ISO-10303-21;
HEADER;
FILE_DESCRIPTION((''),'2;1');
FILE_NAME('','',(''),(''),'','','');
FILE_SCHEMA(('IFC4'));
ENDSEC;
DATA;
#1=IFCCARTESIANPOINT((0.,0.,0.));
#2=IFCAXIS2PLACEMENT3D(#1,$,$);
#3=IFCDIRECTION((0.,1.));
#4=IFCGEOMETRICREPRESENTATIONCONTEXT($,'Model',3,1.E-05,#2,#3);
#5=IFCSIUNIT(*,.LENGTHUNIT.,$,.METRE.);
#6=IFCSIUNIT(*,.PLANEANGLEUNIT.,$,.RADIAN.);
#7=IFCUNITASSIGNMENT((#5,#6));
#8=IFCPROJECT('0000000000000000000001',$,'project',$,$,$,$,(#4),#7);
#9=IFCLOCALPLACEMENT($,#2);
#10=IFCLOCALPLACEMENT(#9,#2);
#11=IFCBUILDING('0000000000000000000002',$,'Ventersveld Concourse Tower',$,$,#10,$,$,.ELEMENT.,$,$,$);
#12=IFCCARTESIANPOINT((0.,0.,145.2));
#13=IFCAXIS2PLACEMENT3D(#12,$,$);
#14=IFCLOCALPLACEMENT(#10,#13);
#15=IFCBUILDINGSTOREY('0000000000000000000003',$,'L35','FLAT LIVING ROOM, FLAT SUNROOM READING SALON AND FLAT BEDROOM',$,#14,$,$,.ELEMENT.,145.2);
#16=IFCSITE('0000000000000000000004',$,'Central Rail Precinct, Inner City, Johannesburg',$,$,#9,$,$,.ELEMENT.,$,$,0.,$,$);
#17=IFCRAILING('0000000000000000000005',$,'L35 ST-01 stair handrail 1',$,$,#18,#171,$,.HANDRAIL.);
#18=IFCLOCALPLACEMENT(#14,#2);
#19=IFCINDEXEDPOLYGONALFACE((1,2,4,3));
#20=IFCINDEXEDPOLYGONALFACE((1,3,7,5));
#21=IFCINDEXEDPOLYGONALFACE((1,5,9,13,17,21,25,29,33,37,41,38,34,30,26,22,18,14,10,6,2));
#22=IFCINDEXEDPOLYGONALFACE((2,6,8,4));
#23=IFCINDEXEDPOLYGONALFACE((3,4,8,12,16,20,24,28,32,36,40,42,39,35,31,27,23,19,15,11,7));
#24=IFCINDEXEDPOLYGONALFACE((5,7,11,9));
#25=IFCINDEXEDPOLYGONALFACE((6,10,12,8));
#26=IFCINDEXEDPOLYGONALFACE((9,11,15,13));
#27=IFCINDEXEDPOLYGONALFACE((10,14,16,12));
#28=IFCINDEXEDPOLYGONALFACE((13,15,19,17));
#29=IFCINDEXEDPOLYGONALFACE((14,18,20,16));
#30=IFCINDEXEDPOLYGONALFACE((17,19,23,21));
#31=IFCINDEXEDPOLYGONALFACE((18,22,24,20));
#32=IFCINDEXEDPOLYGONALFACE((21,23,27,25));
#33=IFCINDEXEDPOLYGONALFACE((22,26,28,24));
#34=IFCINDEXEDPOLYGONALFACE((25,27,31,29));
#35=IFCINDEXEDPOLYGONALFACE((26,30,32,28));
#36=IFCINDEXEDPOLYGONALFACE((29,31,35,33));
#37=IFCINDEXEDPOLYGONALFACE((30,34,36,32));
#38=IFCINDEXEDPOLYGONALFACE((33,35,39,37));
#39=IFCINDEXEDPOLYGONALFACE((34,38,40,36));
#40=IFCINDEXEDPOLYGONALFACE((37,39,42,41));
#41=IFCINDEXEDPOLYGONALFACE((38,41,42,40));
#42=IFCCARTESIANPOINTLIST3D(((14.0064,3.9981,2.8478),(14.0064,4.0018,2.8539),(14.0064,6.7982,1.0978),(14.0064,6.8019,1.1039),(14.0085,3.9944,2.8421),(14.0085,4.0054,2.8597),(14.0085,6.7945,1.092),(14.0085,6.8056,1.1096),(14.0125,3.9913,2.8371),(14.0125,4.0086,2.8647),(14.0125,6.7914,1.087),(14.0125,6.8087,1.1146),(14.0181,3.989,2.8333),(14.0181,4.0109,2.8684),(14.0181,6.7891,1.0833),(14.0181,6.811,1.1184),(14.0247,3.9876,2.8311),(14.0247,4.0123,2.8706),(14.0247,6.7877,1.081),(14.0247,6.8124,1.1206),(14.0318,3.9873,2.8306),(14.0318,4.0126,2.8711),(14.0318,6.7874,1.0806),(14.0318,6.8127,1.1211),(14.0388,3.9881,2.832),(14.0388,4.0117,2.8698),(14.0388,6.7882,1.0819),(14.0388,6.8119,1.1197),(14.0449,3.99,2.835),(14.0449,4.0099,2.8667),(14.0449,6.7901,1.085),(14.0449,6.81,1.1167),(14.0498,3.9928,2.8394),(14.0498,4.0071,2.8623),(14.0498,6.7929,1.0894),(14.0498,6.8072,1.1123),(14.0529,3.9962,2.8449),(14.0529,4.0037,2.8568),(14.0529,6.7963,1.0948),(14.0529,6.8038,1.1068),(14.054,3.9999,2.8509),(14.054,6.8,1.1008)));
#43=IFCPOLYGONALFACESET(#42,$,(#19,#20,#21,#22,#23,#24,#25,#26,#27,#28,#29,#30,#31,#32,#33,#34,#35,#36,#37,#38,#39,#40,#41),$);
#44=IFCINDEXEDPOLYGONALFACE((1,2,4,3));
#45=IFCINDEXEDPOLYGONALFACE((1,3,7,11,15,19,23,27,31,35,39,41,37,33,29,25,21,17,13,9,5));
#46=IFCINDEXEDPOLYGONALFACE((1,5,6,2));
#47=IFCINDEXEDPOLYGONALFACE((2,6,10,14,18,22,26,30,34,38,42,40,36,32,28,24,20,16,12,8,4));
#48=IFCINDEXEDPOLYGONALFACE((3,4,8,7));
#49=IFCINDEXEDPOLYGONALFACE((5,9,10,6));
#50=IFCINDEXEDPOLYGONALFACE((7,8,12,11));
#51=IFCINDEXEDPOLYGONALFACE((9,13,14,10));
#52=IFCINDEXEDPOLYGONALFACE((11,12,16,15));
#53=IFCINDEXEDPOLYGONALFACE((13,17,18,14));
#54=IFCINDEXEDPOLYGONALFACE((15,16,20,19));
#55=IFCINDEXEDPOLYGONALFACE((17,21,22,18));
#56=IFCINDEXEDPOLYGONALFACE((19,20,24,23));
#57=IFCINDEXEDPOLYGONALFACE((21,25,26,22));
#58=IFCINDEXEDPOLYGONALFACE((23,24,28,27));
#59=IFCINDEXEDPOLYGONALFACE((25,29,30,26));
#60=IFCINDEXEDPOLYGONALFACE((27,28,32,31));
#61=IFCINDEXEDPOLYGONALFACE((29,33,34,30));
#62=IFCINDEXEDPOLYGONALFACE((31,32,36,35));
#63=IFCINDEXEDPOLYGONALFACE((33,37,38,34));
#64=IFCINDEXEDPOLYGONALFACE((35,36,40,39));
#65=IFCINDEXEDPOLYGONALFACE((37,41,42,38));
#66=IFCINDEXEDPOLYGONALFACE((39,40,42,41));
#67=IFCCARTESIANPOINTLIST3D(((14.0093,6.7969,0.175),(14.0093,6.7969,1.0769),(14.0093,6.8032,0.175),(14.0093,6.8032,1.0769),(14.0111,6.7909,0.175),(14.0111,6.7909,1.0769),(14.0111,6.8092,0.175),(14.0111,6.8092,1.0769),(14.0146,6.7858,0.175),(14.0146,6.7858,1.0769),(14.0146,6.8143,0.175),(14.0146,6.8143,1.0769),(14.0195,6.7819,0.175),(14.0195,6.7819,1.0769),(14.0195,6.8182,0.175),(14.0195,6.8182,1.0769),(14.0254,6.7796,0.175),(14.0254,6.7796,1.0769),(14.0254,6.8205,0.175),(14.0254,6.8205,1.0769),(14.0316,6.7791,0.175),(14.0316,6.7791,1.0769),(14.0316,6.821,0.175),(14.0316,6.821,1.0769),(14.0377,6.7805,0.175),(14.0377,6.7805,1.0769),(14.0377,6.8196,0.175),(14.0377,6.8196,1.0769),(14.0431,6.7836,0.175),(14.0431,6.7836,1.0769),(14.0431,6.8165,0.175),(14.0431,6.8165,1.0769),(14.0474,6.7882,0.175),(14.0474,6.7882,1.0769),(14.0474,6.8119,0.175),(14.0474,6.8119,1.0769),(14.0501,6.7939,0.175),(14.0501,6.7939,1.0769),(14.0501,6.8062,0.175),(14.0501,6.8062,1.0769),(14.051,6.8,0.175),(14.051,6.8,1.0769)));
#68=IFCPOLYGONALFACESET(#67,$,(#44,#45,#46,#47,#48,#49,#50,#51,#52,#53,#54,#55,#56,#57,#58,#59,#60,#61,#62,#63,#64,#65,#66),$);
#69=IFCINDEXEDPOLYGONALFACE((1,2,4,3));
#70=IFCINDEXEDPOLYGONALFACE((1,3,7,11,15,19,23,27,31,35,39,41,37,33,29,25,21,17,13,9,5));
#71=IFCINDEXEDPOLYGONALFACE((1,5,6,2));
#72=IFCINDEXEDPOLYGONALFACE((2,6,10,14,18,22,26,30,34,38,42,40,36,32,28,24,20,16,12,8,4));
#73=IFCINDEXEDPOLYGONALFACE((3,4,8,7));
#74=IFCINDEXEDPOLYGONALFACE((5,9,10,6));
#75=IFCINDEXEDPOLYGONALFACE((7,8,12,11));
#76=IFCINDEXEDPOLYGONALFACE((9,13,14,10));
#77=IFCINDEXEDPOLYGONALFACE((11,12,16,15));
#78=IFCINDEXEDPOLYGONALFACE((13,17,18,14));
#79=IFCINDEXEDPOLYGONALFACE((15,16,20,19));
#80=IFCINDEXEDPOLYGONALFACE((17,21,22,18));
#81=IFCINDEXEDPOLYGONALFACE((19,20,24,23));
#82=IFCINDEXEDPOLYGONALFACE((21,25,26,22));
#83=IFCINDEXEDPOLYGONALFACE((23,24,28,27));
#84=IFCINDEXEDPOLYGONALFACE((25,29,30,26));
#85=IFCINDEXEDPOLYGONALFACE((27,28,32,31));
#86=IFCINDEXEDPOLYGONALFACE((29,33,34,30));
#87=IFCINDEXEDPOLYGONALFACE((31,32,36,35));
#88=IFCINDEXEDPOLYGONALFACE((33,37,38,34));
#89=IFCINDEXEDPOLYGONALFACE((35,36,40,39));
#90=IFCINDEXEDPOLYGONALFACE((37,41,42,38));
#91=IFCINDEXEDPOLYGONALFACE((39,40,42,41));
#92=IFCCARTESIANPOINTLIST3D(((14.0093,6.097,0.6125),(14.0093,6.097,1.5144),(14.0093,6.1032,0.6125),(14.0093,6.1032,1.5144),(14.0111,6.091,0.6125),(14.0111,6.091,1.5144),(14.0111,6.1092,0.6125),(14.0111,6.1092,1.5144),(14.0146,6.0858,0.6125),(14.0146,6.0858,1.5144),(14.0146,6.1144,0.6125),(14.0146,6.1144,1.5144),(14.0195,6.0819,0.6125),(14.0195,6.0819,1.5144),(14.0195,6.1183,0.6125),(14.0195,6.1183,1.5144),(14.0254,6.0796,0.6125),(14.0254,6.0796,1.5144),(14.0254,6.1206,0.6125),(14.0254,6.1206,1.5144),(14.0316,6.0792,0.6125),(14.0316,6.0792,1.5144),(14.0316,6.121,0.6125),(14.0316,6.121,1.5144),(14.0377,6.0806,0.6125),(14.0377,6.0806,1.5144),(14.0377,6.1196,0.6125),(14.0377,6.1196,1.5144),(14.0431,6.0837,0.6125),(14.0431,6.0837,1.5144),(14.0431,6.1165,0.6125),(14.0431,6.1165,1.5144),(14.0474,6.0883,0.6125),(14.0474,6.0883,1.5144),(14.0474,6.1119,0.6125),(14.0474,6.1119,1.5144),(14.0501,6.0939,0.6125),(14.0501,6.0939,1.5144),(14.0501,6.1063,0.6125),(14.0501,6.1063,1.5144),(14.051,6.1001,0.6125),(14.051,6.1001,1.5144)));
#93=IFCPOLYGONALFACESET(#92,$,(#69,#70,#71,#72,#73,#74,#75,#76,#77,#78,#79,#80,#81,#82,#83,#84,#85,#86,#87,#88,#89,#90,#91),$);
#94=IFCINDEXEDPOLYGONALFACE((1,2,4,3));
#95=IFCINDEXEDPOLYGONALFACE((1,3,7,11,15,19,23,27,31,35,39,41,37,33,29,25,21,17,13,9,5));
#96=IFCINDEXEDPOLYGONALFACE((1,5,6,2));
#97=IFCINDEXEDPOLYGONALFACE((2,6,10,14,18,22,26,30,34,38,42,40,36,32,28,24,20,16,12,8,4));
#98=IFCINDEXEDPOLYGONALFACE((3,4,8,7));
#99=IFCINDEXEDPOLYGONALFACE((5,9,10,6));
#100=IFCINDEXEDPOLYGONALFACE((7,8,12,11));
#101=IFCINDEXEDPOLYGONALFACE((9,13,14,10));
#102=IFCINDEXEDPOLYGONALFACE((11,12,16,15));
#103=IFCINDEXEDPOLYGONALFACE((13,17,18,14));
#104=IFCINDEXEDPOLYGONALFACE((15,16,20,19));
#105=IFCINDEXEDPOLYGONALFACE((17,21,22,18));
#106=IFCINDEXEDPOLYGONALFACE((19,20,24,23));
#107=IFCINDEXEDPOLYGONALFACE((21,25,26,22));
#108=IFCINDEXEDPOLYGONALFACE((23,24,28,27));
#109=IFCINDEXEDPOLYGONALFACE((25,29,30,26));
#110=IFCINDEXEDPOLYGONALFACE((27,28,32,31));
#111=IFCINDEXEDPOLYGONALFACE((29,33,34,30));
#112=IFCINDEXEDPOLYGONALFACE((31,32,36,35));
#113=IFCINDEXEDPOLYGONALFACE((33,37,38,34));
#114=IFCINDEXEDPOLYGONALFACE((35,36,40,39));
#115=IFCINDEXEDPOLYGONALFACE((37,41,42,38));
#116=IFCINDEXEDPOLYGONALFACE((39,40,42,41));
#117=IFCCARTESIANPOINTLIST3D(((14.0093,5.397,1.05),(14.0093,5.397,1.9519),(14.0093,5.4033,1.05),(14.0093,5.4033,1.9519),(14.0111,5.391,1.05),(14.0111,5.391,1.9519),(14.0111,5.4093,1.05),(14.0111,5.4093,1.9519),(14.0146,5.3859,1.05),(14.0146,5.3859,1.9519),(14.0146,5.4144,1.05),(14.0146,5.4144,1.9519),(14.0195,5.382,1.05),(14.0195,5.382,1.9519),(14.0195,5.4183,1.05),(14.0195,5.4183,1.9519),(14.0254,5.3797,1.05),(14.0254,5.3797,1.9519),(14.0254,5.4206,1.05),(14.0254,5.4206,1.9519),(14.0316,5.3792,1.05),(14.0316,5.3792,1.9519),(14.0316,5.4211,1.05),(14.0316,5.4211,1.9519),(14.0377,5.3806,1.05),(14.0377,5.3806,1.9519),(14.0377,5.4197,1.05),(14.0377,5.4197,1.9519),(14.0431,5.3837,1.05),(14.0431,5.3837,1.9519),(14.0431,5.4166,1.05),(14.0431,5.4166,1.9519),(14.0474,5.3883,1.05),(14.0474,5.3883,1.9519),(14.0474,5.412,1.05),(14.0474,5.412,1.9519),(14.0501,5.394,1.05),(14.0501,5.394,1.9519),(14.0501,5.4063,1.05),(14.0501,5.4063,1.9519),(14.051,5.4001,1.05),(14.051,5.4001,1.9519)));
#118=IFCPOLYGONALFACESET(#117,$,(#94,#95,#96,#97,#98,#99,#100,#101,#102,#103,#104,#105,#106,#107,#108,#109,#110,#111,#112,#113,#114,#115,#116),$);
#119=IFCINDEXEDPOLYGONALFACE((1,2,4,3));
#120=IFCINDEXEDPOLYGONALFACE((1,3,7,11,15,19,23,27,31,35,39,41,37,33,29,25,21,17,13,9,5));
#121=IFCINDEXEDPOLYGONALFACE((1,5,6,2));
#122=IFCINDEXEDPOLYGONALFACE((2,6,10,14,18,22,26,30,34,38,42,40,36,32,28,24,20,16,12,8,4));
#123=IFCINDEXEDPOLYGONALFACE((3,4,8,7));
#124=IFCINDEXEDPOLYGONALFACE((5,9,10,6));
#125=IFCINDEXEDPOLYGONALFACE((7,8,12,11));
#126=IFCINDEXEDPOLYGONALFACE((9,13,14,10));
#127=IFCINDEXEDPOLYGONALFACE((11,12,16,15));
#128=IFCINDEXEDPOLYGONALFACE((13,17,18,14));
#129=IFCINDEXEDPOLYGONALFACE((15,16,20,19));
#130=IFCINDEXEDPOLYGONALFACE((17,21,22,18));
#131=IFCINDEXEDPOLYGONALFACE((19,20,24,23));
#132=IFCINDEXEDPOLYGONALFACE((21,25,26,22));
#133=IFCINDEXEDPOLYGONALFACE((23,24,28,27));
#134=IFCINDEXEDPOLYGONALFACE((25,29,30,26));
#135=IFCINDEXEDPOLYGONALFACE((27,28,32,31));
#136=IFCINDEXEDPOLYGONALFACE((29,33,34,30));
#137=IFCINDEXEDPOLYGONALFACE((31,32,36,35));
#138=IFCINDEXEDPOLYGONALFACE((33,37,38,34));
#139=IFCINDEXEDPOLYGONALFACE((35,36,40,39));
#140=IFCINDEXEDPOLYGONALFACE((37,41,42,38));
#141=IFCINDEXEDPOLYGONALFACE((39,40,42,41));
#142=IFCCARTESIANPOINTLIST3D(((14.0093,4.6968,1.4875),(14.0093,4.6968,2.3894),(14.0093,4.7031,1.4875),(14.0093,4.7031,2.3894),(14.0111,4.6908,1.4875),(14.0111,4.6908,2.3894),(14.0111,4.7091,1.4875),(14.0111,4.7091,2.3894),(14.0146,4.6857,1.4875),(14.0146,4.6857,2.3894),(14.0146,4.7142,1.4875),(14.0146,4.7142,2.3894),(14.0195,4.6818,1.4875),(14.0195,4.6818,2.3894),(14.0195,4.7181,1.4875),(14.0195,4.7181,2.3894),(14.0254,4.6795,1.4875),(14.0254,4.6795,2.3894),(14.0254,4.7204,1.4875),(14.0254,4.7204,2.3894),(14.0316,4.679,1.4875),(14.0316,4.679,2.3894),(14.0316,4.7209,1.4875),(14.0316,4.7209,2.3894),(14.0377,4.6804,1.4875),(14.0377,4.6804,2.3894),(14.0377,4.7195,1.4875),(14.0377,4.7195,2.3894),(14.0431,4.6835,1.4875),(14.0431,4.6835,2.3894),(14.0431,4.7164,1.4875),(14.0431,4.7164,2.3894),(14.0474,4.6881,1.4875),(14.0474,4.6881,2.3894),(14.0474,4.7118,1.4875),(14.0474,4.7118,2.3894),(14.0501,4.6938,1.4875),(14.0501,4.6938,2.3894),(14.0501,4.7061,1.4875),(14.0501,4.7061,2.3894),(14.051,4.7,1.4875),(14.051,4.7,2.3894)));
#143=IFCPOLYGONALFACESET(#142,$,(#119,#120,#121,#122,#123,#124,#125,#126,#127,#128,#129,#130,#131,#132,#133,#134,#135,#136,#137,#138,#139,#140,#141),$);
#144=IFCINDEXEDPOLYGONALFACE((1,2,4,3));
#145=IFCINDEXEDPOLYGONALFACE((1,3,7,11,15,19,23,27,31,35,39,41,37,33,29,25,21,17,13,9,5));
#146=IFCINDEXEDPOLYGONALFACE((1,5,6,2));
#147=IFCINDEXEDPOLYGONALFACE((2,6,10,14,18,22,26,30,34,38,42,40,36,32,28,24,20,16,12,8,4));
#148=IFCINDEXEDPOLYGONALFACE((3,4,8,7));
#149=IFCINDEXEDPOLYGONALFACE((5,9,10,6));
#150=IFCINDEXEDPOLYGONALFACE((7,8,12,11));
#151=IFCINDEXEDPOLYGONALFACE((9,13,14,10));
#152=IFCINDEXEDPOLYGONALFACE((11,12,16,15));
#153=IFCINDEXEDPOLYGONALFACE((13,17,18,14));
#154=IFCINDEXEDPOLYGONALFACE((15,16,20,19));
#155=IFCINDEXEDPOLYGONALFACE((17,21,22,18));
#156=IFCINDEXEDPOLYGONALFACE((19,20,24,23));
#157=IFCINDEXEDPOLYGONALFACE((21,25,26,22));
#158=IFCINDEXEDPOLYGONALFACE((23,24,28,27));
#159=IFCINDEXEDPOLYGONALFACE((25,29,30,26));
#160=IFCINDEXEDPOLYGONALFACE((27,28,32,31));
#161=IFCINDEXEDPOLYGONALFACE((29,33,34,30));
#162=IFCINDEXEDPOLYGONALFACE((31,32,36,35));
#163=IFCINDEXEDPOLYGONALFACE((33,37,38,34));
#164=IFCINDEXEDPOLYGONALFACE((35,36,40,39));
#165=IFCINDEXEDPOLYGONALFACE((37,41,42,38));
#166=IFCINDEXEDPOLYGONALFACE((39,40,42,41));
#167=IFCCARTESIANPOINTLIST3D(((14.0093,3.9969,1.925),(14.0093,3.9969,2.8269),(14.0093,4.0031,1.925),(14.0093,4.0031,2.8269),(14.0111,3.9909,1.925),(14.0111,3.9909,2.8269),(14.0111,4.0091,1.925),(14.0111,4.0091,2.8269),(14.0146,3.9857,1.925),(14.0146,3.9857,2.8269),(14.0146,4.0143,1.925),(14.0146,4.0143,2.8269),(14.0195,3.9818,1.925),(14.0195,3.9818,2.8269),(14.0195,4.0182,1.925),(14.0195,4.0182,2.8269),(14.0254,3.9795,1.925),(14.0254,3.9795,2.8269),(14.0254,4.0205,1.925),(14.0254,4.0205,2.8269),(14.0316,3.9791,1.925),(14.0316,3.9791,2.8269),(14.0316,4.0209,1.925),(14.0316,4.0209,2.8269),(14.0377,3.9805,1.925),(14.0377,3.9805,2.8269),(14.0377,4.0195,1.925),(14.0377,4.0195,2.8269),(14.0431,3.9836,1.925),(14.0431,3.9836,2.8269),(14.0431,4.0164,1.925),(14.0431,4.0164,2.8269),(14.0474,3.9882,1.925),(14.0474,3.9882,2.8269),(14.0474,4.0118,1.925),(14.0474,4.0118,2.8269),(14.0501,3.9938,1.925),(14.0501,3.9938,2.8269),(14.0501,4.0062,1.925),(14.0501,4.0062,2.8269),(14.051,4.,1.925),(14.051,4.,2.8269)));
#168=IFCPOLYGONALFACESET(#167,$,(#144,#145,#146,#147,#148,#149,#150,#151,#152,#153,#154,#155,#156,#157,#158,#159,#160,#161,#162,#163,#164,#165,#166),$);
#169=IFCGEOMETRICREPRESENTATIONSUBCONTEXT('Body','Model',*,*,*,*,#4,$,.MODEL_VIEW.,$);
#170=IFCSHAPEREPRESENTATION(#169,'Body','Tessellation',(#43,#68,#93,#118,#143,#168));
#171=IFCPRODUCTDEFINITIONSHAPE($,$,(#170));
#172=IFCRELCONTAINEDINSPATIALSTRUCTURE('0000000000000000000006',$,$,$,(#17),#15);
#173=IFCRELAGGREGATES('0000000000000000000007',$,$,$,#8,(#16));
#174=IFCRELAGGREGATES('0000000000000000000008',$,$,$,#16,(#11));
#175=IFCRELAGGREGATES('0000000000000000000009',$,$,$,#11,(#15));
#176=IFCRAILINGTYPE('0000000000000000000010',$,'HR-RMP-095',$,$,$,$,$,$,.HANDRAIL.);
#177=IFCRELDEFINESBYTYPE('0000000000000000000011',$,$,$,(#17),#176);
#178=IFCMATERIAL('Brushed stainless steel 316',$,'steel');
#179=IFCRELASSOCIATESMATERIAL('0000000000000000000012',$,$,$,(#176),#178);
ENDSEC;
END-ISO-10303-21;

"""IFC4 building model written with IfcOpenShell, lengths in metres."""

from ifc_helpers import new_model, si_unit, direction, frame, origin, origin_2d, place, context, subcontext, project, spatial, circle, extrude, material, type_object, element, save


model = new_model("IFC4")

# Units and contexts
model_context = context("Model", 3, precision=1e-05, world=origin(), true_north=direction((0.0, 1.0)))
body_context = subcontext(model_context, "Body", "Model", "MODEL_VIEW")
ifc_project = project(units=[si_unit("LENGTHUNIT", "METRE"), si_unit("PLANEANGLEUNIT", "RADIAN")], contexts=[model_context])

# Site, building, storey
site_placement = place(None, origin())
site = spatial("IfcSite", under=ifc_project, at=site_placement, Name="Central Rail Precinct, Inner City, Johannesburg", CompositionType="ELEMENT", RefElevation=0.0)
building_placement = place(site_placement, origin())
building = spatial("IfcBuilding", under=site, at=building_placement, Name="Ventersveld Concourse Tower", CompositionType="ELEMENT")
storey_placement = place(building_placement, frame((0.0, 0.0, 145.2)))
storey = spatial("IfcBuildingStorey", under=building, at=storey_placement, Name="L35", Description="FLAT LIVING ROOM, FLAT SUNROOM READING SALON AND FLAT BEDROOM", CompositionType="ELEMENT", Elevation=145.2)

# Railing
ifc_material_1 = material(Name="Brushed stainless steel 316", Category="steel")
railing_type = type_object("IfcRailingType", Name="HR-RMP-095", PredefinedType="HANDRAIL", material=ifc_material_1)
railing_placement = place(storey_placement, frame((14.03, 6.8, 0.175)))
element("IfcRailing", 1, at=railing_placement, inside=storey, type_object=railing_type, Name="L35 ST-01 stair handrail 1", PredefinedType="HANDRAIL", context=body_context, shape_type="SweptSolid", body=[
    extrude(circle(Radius=0.0239, at=origin_2d()), frame((0.0, 0.0, 0.9258), z_axis=(0.0, -0.848002, 0.529992), x_axis=(1.0, 0.0, 0.0)), (0.0, 0.0, 1.0), 3.302),
    extrude(circle(Radius=0.021, at=origin_2d()), origin(), (0.0, 0.0, 1.0), 0.9019),
    extrude(circle(Radius=0.021, at=origin_2d()), frame((0.0, -0.7, 0.4375)), (0.0, 0.0, 1.0), 0.9019),
    extrude(circle(Radius=0.021, at=origin_2d()), frame((0.0, -1.3999, 0.875)), (0.0, 0.0, 1.0), 0.9019),
    extrude(circle(Radius=0.021, at=origin_2d()), frame((0.0, -2.1001, 1.3125)), (0.0, 0.0, 1.0), 0.9019),
    extrude(circle(Radius=0.021, at=origin_2d()), frame((0.0, -2.8, 1.75)), (0.0, 0.0, 1.0), 0.9019),
])

save(model, "model.ifc")
